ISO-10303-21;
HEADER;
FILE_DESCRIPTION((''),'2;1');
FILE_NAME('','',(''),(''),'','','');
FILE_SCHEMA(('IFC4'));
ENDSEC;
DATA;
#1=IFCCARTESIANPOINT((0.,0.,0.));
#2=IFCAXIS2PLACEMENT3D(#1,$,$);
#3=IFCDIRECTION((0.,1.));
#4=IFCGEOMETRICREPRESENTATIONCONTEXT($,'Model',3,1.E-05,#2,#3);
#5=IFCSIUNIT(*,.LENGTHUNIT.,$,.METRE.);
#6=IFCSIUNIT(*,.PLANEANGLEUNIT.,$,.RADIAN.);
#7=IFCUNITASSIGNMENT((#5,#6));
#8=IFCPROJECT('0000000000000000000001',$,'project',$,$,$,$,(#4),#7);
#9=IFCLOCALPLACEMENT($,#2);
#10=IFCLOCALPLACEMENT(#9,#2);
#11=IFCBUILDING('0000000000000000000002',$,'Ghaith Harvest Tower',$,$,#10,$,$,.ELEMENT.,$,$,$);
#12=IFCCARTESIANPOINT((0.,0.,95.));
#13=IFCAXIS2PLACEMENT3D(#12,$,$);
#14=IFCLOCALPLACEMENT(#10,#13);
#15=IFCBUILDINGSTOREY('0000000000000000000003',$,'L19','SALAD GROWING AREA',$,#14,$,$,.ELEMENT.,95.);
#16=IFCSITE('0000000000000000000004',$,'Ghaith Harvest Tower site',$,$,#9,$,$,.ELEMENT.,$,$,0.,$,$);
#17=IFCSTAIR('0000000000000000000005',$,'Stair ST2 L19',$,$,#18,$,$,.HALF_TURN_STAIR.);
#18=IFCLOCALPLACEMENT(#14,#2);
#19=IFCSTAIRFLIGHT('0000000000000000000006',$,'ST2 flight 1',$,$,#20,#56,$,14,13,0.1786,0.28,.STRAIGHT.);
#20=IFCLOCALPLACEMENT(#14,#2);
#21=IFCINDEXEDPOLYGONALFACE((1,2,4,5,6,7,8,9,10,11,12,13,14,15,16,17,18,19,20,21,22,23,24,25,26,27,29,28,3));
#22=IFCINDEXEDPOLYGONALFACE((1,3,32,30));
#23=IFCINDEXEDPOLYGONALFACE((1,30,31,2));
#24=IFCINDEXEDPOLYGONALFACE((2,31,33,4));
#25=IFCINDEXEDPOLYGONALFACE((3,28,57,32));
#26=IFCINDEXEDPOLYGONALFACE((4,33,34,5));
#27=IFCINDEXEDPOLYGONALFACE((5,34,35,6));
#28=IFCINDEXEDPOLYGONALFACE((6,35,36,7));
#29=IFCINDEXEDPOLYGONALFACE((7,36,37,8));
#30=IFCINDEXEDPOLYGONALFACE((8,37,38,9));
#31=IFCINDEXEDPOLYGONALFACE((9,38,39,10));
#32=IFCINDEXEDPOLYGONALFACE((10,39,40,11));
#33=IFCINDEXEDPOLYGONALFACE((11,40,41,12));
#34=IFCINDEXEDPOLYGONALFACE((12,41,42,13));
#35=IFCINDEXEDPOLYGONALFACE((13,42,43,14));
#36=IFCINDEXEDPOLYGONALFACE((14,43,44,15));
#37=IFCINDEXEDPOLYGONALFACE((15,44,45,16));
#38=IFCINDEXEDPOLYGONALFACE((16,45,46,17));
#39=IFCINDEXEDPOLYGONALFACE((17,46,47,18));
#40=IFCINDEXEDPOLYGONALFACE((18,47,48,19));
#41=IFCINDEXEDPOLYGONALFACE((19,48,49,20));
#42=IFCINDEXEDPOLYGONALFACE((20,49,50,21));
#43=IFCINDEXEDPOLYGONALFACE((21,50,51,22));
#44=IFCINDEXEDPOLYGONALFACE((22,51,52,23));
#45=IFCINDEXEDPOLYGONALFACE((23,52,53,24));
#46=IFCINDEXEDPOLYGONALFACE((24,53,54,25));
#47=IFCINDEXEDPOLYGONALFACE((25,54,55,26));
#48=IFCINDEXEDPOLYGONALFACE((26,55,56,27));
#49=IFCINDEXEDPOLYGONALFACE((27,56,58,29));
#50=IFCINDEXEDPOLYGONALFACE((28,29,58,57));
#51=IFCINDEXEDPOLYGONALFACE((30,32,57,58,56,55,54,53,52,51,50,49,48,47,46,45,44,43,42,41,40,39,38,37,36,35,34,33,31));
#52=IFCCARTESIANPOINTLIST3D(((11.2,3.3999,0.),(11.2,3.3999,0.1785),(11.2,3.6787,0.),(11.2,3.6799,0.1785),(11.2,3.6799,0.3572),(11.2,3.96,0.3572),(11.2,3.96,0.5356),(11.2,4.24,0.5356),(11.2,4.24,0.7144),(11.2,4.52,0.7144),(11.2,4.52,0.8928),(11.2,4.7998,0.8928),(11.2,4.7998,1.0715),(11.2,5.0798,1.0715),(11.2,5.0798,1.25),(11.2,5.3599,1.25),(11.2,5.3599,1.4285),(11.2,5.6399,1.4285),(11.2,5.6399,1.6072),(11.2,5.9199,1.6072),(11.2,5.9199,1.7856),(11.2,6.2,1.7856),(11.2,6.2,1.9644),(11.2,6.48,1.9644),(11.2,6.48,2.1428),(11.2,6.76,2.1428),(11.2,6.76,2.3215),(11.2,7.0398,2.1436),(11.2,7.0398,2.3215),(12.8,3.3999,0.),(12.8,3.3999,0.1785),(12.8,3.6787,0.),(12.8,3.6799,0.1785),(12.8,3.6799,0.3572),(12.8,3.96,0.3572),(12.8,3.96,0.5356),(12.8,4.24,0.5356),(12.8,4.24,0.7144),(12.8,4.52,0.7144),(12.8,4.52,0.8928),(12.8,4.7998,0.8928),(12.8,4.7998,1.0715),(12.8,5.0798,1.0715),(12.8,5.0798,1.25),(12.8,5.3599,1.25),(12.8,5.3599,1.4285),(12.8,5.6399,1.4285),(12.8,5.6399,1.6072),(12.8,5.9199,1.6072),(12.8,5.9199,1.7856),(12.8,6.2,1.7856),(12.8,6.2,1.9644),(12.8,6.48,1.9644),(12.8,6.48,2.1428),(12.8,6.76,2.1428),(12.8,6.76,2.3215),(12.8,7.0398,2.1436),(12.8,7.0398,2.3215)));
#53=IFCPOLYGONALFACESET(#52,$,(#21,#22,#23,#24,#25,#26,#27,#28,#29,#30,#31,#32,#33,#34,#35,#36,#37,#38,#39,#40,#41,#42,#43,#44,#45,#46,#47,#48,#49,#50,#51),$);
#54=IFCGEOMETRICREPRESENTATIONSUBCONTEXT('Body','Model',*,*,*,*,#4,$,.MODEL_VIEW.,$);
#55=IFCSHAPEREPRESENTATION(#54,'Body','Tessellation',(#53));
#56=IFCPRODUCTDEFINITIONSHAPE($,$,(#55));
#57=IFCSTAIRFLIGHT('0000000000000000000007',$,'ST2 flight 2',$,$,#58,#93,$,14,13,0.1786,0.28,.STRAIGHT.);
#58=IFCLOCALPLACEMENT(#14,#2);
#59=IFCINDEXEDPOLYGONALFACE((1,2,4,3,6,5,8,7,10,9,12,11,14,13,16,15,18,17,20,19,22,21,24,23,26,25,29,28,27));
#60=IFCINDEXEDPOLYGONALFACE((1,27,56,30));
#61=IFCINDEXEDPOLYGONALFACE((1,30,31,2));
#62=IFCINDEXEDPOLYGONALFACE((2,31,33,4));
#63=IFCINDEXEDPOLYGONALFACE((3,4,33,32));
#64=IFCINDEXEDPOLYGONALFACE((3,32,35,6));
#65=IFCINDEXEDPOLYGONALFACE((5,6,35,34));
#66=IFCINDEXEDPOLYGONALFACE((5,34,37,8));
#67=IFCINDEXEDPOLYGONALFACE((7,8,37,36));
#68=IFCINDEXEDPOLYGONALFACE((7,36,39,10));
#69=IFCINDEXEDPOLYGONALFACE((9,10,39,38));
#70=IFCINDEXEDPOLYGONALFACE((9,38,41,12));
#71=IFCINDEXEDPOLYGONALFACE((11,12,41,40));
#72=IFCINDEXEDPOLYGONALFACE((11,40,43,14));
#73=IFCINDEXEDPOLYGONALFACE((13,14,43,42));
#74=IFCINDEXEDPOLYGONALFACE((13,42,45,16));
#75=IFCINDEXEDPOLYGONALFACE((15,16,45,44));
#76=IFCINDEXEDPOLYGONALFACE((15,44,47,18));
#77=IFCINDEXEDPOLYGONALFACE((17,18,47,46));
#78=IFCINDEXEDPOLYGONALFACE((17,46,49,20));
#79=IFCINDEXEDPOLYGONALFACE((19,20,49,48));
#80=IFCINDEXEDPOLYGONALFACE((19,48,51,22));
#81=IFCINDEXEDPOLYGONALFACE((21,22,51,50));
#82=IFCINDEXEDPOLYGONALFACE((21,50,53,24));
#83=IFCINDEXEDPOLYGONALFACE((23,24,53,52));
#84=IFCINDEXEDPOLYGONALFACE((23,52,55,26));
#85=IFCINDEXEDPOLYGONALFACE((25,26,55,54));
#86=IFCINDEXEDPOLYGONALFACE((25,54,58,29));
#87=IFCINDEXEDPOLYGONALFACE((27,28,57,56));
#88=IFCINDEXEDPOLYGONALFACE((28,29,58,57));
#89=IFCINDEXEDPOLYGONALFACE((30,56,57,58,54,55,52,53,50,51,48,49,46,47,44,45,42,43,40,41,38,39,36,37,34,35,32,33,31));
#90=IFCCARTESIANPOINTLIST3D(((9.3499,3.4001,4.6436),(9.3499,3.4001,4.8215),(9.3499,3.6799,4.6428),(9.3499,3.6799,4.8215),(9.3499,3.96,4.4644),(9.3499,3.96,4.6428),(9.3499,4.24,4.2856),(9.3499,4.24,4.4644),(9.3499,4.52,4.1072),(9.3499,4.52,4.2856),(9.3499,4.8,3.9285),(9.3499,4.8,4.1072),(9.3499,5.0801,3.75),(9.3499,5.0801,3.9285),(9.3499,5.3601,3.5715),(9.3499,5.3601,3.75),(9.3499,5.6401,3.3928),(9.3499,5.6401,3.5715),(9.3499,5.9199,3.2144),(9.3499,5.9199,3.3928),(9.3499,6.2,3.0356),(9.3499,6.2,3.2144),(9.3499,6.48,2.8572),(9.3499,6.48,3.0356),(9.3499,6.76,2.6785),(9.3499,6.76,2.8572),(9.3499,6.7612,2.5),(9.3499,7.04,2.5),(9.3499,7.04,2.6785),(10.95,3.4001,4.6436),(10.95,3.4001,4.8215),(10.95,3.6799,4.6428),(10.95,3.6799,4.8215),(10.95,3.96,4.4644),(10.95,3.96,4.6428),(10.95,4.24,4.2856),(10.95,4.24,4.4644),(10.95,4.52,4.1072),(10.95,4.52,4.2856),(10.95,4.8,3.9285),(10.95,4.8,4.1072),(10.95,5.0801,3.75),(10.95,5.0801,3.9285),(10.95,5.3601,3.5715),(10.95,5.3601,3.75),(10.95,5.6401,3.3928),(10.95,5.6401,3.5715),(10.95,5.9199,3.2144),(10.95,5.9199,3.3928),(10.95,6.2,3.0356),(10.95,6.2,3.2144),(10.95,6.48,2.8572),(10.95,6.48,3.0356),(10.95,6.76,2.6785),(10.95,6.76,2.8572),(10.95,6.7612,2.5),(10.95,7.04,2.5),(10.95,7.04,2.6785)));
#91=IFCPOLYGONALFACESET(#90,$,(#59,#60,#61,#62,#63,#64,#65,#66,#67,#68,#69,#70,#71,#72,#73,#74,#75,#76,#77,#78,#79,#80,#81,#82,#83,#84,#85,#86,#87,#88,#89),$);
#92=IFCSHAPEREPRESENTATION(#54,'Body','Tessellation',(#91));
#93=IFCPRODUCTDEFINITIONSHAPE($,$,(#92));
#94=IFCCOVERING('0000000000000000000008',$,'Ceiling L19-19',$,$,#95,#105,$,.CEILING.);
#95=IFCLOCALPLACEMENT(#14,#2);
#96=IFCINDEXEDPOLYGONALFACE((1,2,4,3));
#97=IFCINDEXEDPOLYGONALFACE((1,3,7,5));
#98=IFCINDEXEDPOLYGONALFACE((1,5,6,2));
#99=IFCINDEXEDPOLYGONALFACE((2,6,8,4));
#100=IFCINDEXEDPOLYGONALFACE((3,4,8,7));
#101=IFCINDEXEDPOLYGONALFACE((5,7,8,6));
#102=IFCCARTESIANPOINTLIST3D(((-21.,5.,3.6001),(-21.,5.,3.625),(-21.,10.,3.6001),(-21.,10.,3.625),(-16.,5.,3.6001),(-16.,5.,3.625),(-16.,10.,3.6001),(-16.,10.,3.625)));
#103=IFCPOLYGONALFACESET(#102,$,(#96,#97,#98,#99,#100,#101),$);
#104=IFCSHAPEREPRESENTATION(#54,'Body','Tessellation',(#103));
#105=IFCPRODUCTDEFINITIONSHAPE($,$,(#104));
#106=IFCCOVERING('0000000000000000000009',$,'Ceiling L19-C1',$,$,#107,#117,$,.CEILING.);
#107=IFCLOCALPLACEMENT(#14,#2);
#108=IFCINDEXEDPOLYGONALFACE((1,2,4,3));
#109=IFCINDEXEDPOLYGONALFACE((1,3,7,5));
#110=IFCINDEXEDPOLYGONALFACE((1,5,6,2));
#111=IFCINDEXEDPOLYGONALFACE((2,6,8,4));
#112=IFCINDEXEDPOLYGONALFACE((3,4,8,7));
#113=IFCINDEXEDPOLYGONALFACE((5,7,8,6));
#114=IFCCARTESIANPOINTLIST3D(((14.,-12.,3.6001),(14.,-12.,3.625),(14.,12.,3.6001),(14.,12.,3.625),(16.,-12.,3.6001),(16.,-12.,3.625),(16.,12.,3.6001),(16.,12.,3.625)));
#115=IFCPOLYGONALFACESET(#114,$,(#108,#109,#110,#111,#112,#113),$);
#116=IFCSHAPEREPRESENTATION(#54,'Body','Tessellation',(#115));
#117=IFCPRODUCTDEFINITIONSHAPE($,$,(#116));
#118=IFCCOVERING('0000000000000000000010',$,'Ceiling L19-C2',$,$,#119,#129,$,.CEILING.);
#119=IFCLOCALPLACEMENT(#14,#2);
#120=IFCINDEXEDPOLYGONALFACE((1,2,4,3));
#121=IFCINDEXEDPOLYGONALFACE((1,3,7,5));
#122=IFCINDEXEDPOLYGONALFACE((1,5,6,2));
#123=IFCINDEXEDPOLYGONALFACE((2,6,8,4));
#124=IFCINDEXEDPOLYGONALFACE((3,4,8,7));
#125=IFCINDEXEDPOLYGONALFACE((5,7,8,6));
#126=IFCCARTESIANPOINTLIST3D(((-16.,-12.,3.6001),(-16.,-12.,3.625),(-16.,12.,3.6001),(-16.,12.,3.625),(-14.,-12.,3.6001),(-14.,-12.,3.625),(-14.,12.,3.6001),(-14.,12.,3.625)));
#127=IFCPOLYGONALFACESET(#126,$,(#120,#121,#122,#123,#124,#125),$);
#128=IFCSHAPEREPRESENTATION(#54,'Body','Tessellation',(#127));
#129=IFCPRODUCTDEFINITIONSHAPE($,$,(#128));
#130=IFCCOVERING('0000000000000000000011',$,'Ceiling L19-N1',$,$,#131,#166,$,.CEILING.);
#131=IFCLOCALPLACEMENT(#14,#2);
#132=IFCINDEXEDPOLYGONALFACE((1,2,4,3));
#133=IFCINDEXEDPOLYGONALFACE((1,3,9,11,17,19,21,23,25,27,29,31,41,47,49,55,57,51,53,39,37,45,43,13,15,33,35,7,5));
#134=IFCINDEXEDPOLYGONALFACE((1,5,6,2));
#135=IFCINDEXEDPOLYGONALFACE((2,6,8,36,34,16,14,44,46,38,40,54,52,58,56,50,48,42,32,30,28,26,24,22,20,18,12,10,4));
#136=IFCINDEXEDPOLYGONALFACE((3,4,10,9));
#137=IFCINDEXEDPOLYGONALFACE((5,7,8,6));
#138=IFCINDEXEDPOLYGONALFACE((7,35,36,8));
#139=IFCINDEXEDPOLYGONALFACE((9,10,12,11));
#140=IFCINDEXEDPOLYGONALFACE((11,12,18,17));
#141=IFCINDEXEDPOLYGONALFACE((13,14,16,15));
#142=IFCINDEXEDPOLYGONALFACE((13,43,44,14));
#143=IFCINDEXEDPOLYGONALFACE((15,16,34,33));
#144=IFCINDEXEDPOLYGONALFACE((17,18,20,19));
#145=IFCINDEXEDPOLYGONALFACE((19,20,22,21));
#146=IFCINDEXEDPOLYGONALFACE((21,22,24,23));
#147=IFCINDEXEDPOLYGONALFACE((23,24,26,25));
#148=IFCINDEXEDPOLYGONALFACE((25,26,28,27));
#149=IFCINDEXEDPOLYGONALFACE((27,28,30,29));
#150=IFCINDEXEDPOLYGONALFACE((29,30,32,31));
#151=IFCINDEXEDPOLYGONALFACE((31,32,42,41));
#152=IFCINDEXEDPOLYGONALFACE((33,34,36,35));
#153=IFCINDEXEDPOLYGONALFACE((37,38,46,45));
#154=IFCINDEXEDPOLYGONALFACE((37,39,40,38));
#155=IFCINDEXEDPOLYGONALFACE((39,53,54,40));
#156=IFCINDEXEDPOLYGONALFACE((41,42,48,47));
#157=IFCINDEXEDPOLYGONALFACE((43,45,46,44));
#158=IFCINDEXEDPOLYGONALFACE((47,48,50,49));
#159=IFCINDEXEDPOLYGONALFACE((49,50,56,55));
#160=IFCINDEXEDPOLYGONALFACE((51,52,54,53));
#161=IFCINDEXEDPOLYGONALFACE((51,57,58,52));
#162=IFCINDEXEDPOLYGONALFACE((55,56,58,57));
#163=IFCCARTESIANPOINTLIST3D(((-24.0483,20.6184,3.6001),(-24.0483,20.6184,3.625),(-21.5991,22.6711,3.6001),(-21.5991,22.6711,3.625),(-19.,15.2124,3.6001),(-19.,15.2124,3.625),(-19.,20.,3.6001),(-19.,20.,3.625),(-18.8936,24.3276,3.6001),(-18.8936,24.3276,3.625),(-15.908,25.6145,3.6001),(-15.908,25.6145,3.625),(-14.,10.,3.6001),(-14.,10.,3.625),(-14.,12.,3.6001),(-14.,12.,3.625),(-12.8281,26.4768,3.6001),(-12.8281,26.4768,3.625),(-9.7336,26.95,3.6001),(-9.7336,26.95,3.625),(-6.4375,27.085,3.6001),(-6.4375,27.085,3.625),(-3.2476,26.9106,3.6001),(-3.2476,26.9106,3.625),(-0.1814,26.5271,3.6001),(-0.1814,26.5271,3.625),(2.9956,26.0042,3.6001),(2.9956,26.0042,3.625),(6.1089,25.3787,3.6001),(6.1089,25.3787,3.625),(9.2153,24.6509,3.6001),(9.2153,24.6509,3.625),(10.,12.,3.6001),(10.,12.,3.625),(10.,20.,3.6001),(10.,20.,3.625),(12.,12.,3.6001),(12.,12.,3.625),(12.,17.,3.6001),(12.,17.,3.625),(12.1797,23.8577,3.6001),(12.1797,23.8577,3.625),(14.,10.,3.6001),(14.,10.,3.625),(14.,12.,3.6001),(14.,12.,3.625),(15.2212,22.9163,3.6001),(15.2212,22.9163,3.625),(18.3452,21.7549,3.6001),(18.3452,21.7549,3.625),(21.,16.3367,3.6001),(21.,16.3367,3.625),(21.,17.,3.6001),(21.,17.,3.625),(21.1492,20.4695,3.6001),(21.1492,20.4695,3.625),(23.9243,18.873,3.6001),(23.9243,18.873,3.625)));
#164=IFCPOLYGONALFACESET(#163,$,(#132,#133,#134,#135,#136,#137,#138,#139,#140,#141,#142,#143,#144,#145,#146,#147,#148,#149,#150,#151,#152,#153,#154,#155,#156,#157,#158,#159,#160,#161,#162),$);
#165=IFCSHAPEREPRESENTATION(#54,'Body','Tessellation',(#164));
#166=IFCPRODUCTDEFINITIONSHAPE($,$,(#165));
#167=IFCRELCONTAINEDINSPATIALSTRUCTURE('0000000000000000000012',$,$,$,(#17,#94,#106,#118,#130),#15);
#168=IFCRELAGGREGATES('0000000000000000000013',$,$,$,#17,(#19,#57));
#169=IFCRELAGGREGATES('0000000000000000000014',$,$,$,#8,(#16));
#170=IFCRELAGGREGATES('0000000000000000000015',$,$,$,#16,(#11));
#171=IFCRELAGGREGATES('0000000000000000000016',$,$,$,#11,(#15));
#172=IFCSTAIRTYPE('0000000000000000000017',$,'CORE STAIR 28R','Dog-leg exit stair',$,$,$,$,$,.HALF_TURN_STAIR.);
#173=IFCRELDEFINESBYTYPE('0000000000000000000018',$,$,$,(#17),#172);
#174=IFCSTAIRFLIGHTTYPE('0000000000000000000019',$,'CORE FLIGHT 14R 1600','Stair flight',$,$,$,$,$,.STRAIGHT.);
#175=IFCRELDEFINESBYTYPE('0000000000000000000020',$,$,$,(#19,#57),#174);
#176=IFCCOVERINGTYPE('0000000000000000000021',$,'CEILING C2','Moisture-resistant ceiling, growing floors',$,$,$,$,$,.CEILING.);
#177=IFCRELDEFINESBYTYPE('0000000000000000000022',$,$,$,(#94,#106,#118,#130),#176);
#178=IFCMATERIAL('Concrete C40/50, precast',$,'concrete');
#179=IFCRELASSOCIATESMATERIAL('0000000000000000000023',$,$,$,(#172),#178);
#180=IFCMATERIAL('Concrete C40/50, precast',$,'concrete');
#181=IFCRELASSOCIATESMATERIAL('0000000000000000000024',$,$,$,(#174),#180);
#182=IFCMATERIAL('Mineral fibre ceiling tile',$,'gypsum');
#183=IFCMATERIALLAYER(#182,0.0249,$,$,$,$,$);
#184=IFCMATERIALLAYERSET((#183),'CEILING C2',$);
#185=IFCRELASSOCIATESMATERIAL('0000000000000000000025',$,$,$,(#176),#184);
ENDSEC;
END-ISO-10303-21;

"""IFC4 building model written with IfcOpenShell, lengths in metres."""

from ifc_helpers import new_model, si_unit, direction, frame, origin, place, context, subcontext, project, spatial, polyline, outline, extrude, material, layer, layer_set, type_object, element, aggregate, save


model = new_model("IFC4")

# Units and contexts
model_context = context("Model", 3, precision=1e-05, world=origin(), true_north=direction((0.0, 1.0)))
body_context = subcontext(model_context, "Body", "Model", "MODEL_VIEW")
ifc_project = project(units=[si_unit("LENGTHUNIT", "METRE"), si_unit("PLANEANGLEUNIT", "RADIAN")], contexts=[model_context])

# Site, building, storey
site_placement = place(None, origin())
site = spatial("IfcSite", under=ifc_project, at=site_placement, Name="Ghaith Harvest Tower site", CompositionType="ELEMENT", RefElevation=0.0)
building_placement = place(site_placement, origin())
building = spatial("IfcBuilding", under=site, at=building_placement, Name="Ghaith Harvest Tower", CompositionType="ELEMENT")
storey_placement = place(building_placement, frame((0.0, 0.0, 95.0)))
storey = spatial("IfcBuildingStorey", under=building, at=storey_placement, Name="L19", Description="SALAD GROWING AREA", CompositionType="ELEMENT", Elevation=95.0)

# Stair, stair flights
ifc_material_1 = material(Name="Concrete C40/50, precast", Category="concrete")
stair_type = type_object("IfcStairType", Name="CORE STAIR 28R", Description="Dog-leg exit stair", PredefinedType="HALF_TURN_STAIR", material=ifc_material_1)
stair_placement = place(storey_placement, origin())
stair = element("IfcStair", 1, at=stair_placement, inside=storey, type_object=stair_type, Name="Stair ST2 L19", PredefinedType="HALF_TURN_STAIR")
ifc_material_2 = material(Name="Concrete C40/50, precast", Category="concrete")
stair_flight_type = type_object("IfcStairFlightType", Name="CORE FLIGHT 14R 1600", Description="Stair flight", PredefinedType="STRAIGHT", material=ifc_material_2)
stair_flight_1_placement = place(storey_placement, frame((12.0, 3.3999, 0.0), z_axis=(0.0, 0.0, 1.0), x_axis=(0.0, 1.0, 0.0)))
stair_flight_1 = element("IfcStairFlight", 2, at=stair_flight_1_placement, type_object=stair_flight_type, Name="ST2 flight 1", NumberOfRisers=14, NumberOfTreads=13, PredefinedType="STRAIGHT", RiserHeight=0.1786, TreadLength=0.28, context=body_context, shape_type="SweptSolid", body=[
    extrude(outline(polyline([(0.0, 0.0), (0.0, 0.1785), (0.28, 0.1785), (0.28, 0.3572), (0.5601, 0.3572), (0.5601, 0.5356), (0.8401, 0.5356), (0.8401, 0.7144), (1.1201, 0.7144), (1.1201, 0.8928), (1.3999, 0.8928), (1.3999, 1.0715), (1.6799, 1.0715), (1.6799, 1.25), (1.96, 1.25), (1.96, 1.4285), (2.24, 1.4285), (2.24, 1.6072), (2.52, 1.6072), (2.52, 1.7856), (2.8, 1.7856), (2.8, 1.9644), (3.0801, 1.9644), (3.0801, 2.1428), (3.3601, 2.1428), (3.3601, 2.3215), (3.6399, 2.3215), (3.6399, 2.5), (3.6399, 2.1436), (0.2788, 0.0), (0.0, 0.0)])), frame((0.0, 0.8, 0.0), z_axis=(0.0, -1.0, 0.0), x_axis=(1.0, 0.0, 0.0)), (0.0, 0.0, 1.0), 1.6001),
])
stair_flight_2_placement = place(storey_placement, frame((10.1499, 7.04, 2.5), z_axis=(0.0, 0.0, 1.0), x_axis=(0.0, -1.0, 0.0)))
stair_flight_2 = element("IfcStairFlight", 3, at=stair_flight_2_placement, type_object=stair_flight_type, Name="ST2 flight 2", NumberOfRisers=14, NumberOfTreads=13, PredefinedType="STRAIGHT", RiserHeight=0.1786, TreadLength=0.28, context=body_context, shape_type="SweptSolid", body=[
    extrude(outline(polyline([(0.0, 0.0), (0.0, 0.1785), (0.28, 0.1785), (0.28, 0.3572), (0.5601, 0.3572), (0.5601, 0.5356), (0.8401, 0.5356), (0.8401, 0.7144), (1.1201, 0.7144), (1.1201, 0.8928), (1.3999, 0.8928), (1.3999, 1.0715), (1.6799, 1.0715), (1.6799, 1.25), (1.96, 1.25), (1.96, 1.4285), (2.24, 1.4285), (2.24, 1.6072), (2.52, 1.6072), (2.52, 1.7856), (2.8, 1.7856), (2.8, 1.9644), (3.0801, 1.9644), (3.0801, 2.1428), (3.3601, 2.1428), (3.3601, 2.3215), (3.6399, 2.3215), (3.6399, 2.5), (3.6399, 2.1436), (0.2788, 0.0), (0.0, 0.0)])), frame((0.0, 0.8, 0.0), z_axis=(0.0, -1.0, 0.0), x_axis=(1.0, 0.0, 0.0)), (0.0, 0.0, 1.0), 1.6001),
])
aggregate(stair, [stair_flight_1, stair_flight_2])

# Coverings
ifc_material_3 = material(Name="Mineral fibre ceiling tile", Category="gypsum")
ifc_layer_1 = layer(ifc_material_3, 0.0249)
ifc_layer_set_1 = layer_set([ifc_layer_1], Name="CEILING C2")
covering_type = type_object("IfcCoveringType", Name="CEILING C2", Description="Moisture-resistant ceiling, growing floors", PredefinedType="CEILING", material=ifc_layer_set_1)
covering_1_placement = place(storey_placement, frame((0.0, 0.0, 3.6001)))
element("IfcCovering", 4, at=covering_1_placement, inside=storey, type_object=covering_type, Name="Ceiling L19-19", PredefinedType="CEILING", context=body_context, shape_type="SweptSolid", body=[
    extrude(outline(polyline([(-21.0, 5.0), (-16.0, 5.0), (-16.0, 10.0), (-21.0, 10.0), (-21.0, 5.0)])), origin(), (0.0, 0.0, 1.0), 0.0249),
])
covering_2_placement = place(storey_placement, frame((0.0, 0.0, 3.6001)))
element("IfcCovering", 5, at=covering_2_placement, inside=storey, type_object=covering_type, Name="Ceiling L19-C1", PredefinedType="CEILING", context=body_context, shape_type="SweptSolid", body=[
    extrude(outline(polyline([(14.0, -12.0), (14.0, 12.0), (16.0, 12.0), (16.0, -12.0), (14.0, -12.0)])), origin(), (0.0, 0.0, 1.0), 0.0249),
])
covering_3_placement = place(storey_placement, frame((0.0, 0.0, 3.6001)))
element("IfcCovering", 6, at=covering_3_placement, inside=storey, type_object=covering_type, Name="Ceiling L19-C2", PredefinedType="CEILING", context=body_context, shape_type="SweptSolid", body=[
    extrude(outline(polyline([(-14.0, 12.0), (-14.0, -12.0), (-16.0, -12.0), (-16.0, 12.0), (-14.0, 12.0)])), origin(), (0.0, 0.0, 1.0), 0.0249),
])
covering_4_placement = place(storey_placement, frame((0.0, 0.0, 3.6001)))
element("IfcCovering", 7, at=covering_4_placement, inside=storey, type_object=covering_type, Name="Ceiling L19-N1", PredefinedType="CEILING", context=body_context, shape_type="SweptSolid", body=[
    extrude(outline(polyline([(-21.5991, 22.6711), (-18.8936, 24.3276), (-15.908, 25.6145), (-12.8281, 26.4768), (-9.7336, 26.95), (-6.4375, 27.085), (-3.2476, 26.9106), (-0.1814, 26.5271), (2.9956, 26.0042), (6.1089, 25.3787), (9.2153, 24.6509), (12.1797, 23.8577), (15.2212, 22.9163), (18.3452, 21.7549), (21.1492, 20.4695), (23.9243, 18.873), (21.0, 16.3367), (21.0, 17.0), (12.0, 17.0), (12.0, 12.0), (14.0, 12.0), (14.0, 10.0), (-14.0, 10.0), (-14.0, 12.0), (10.0, 12.0), (10.0, 20.0), (-19.0, 20.0), (-19.0, 15.2124), (-24.0483, 20.6184), (-21.5991, 22.6711)])), origin(), (0.0, 0.0, 1.0), 0.0249),
])

save(model, "model.ifc")
